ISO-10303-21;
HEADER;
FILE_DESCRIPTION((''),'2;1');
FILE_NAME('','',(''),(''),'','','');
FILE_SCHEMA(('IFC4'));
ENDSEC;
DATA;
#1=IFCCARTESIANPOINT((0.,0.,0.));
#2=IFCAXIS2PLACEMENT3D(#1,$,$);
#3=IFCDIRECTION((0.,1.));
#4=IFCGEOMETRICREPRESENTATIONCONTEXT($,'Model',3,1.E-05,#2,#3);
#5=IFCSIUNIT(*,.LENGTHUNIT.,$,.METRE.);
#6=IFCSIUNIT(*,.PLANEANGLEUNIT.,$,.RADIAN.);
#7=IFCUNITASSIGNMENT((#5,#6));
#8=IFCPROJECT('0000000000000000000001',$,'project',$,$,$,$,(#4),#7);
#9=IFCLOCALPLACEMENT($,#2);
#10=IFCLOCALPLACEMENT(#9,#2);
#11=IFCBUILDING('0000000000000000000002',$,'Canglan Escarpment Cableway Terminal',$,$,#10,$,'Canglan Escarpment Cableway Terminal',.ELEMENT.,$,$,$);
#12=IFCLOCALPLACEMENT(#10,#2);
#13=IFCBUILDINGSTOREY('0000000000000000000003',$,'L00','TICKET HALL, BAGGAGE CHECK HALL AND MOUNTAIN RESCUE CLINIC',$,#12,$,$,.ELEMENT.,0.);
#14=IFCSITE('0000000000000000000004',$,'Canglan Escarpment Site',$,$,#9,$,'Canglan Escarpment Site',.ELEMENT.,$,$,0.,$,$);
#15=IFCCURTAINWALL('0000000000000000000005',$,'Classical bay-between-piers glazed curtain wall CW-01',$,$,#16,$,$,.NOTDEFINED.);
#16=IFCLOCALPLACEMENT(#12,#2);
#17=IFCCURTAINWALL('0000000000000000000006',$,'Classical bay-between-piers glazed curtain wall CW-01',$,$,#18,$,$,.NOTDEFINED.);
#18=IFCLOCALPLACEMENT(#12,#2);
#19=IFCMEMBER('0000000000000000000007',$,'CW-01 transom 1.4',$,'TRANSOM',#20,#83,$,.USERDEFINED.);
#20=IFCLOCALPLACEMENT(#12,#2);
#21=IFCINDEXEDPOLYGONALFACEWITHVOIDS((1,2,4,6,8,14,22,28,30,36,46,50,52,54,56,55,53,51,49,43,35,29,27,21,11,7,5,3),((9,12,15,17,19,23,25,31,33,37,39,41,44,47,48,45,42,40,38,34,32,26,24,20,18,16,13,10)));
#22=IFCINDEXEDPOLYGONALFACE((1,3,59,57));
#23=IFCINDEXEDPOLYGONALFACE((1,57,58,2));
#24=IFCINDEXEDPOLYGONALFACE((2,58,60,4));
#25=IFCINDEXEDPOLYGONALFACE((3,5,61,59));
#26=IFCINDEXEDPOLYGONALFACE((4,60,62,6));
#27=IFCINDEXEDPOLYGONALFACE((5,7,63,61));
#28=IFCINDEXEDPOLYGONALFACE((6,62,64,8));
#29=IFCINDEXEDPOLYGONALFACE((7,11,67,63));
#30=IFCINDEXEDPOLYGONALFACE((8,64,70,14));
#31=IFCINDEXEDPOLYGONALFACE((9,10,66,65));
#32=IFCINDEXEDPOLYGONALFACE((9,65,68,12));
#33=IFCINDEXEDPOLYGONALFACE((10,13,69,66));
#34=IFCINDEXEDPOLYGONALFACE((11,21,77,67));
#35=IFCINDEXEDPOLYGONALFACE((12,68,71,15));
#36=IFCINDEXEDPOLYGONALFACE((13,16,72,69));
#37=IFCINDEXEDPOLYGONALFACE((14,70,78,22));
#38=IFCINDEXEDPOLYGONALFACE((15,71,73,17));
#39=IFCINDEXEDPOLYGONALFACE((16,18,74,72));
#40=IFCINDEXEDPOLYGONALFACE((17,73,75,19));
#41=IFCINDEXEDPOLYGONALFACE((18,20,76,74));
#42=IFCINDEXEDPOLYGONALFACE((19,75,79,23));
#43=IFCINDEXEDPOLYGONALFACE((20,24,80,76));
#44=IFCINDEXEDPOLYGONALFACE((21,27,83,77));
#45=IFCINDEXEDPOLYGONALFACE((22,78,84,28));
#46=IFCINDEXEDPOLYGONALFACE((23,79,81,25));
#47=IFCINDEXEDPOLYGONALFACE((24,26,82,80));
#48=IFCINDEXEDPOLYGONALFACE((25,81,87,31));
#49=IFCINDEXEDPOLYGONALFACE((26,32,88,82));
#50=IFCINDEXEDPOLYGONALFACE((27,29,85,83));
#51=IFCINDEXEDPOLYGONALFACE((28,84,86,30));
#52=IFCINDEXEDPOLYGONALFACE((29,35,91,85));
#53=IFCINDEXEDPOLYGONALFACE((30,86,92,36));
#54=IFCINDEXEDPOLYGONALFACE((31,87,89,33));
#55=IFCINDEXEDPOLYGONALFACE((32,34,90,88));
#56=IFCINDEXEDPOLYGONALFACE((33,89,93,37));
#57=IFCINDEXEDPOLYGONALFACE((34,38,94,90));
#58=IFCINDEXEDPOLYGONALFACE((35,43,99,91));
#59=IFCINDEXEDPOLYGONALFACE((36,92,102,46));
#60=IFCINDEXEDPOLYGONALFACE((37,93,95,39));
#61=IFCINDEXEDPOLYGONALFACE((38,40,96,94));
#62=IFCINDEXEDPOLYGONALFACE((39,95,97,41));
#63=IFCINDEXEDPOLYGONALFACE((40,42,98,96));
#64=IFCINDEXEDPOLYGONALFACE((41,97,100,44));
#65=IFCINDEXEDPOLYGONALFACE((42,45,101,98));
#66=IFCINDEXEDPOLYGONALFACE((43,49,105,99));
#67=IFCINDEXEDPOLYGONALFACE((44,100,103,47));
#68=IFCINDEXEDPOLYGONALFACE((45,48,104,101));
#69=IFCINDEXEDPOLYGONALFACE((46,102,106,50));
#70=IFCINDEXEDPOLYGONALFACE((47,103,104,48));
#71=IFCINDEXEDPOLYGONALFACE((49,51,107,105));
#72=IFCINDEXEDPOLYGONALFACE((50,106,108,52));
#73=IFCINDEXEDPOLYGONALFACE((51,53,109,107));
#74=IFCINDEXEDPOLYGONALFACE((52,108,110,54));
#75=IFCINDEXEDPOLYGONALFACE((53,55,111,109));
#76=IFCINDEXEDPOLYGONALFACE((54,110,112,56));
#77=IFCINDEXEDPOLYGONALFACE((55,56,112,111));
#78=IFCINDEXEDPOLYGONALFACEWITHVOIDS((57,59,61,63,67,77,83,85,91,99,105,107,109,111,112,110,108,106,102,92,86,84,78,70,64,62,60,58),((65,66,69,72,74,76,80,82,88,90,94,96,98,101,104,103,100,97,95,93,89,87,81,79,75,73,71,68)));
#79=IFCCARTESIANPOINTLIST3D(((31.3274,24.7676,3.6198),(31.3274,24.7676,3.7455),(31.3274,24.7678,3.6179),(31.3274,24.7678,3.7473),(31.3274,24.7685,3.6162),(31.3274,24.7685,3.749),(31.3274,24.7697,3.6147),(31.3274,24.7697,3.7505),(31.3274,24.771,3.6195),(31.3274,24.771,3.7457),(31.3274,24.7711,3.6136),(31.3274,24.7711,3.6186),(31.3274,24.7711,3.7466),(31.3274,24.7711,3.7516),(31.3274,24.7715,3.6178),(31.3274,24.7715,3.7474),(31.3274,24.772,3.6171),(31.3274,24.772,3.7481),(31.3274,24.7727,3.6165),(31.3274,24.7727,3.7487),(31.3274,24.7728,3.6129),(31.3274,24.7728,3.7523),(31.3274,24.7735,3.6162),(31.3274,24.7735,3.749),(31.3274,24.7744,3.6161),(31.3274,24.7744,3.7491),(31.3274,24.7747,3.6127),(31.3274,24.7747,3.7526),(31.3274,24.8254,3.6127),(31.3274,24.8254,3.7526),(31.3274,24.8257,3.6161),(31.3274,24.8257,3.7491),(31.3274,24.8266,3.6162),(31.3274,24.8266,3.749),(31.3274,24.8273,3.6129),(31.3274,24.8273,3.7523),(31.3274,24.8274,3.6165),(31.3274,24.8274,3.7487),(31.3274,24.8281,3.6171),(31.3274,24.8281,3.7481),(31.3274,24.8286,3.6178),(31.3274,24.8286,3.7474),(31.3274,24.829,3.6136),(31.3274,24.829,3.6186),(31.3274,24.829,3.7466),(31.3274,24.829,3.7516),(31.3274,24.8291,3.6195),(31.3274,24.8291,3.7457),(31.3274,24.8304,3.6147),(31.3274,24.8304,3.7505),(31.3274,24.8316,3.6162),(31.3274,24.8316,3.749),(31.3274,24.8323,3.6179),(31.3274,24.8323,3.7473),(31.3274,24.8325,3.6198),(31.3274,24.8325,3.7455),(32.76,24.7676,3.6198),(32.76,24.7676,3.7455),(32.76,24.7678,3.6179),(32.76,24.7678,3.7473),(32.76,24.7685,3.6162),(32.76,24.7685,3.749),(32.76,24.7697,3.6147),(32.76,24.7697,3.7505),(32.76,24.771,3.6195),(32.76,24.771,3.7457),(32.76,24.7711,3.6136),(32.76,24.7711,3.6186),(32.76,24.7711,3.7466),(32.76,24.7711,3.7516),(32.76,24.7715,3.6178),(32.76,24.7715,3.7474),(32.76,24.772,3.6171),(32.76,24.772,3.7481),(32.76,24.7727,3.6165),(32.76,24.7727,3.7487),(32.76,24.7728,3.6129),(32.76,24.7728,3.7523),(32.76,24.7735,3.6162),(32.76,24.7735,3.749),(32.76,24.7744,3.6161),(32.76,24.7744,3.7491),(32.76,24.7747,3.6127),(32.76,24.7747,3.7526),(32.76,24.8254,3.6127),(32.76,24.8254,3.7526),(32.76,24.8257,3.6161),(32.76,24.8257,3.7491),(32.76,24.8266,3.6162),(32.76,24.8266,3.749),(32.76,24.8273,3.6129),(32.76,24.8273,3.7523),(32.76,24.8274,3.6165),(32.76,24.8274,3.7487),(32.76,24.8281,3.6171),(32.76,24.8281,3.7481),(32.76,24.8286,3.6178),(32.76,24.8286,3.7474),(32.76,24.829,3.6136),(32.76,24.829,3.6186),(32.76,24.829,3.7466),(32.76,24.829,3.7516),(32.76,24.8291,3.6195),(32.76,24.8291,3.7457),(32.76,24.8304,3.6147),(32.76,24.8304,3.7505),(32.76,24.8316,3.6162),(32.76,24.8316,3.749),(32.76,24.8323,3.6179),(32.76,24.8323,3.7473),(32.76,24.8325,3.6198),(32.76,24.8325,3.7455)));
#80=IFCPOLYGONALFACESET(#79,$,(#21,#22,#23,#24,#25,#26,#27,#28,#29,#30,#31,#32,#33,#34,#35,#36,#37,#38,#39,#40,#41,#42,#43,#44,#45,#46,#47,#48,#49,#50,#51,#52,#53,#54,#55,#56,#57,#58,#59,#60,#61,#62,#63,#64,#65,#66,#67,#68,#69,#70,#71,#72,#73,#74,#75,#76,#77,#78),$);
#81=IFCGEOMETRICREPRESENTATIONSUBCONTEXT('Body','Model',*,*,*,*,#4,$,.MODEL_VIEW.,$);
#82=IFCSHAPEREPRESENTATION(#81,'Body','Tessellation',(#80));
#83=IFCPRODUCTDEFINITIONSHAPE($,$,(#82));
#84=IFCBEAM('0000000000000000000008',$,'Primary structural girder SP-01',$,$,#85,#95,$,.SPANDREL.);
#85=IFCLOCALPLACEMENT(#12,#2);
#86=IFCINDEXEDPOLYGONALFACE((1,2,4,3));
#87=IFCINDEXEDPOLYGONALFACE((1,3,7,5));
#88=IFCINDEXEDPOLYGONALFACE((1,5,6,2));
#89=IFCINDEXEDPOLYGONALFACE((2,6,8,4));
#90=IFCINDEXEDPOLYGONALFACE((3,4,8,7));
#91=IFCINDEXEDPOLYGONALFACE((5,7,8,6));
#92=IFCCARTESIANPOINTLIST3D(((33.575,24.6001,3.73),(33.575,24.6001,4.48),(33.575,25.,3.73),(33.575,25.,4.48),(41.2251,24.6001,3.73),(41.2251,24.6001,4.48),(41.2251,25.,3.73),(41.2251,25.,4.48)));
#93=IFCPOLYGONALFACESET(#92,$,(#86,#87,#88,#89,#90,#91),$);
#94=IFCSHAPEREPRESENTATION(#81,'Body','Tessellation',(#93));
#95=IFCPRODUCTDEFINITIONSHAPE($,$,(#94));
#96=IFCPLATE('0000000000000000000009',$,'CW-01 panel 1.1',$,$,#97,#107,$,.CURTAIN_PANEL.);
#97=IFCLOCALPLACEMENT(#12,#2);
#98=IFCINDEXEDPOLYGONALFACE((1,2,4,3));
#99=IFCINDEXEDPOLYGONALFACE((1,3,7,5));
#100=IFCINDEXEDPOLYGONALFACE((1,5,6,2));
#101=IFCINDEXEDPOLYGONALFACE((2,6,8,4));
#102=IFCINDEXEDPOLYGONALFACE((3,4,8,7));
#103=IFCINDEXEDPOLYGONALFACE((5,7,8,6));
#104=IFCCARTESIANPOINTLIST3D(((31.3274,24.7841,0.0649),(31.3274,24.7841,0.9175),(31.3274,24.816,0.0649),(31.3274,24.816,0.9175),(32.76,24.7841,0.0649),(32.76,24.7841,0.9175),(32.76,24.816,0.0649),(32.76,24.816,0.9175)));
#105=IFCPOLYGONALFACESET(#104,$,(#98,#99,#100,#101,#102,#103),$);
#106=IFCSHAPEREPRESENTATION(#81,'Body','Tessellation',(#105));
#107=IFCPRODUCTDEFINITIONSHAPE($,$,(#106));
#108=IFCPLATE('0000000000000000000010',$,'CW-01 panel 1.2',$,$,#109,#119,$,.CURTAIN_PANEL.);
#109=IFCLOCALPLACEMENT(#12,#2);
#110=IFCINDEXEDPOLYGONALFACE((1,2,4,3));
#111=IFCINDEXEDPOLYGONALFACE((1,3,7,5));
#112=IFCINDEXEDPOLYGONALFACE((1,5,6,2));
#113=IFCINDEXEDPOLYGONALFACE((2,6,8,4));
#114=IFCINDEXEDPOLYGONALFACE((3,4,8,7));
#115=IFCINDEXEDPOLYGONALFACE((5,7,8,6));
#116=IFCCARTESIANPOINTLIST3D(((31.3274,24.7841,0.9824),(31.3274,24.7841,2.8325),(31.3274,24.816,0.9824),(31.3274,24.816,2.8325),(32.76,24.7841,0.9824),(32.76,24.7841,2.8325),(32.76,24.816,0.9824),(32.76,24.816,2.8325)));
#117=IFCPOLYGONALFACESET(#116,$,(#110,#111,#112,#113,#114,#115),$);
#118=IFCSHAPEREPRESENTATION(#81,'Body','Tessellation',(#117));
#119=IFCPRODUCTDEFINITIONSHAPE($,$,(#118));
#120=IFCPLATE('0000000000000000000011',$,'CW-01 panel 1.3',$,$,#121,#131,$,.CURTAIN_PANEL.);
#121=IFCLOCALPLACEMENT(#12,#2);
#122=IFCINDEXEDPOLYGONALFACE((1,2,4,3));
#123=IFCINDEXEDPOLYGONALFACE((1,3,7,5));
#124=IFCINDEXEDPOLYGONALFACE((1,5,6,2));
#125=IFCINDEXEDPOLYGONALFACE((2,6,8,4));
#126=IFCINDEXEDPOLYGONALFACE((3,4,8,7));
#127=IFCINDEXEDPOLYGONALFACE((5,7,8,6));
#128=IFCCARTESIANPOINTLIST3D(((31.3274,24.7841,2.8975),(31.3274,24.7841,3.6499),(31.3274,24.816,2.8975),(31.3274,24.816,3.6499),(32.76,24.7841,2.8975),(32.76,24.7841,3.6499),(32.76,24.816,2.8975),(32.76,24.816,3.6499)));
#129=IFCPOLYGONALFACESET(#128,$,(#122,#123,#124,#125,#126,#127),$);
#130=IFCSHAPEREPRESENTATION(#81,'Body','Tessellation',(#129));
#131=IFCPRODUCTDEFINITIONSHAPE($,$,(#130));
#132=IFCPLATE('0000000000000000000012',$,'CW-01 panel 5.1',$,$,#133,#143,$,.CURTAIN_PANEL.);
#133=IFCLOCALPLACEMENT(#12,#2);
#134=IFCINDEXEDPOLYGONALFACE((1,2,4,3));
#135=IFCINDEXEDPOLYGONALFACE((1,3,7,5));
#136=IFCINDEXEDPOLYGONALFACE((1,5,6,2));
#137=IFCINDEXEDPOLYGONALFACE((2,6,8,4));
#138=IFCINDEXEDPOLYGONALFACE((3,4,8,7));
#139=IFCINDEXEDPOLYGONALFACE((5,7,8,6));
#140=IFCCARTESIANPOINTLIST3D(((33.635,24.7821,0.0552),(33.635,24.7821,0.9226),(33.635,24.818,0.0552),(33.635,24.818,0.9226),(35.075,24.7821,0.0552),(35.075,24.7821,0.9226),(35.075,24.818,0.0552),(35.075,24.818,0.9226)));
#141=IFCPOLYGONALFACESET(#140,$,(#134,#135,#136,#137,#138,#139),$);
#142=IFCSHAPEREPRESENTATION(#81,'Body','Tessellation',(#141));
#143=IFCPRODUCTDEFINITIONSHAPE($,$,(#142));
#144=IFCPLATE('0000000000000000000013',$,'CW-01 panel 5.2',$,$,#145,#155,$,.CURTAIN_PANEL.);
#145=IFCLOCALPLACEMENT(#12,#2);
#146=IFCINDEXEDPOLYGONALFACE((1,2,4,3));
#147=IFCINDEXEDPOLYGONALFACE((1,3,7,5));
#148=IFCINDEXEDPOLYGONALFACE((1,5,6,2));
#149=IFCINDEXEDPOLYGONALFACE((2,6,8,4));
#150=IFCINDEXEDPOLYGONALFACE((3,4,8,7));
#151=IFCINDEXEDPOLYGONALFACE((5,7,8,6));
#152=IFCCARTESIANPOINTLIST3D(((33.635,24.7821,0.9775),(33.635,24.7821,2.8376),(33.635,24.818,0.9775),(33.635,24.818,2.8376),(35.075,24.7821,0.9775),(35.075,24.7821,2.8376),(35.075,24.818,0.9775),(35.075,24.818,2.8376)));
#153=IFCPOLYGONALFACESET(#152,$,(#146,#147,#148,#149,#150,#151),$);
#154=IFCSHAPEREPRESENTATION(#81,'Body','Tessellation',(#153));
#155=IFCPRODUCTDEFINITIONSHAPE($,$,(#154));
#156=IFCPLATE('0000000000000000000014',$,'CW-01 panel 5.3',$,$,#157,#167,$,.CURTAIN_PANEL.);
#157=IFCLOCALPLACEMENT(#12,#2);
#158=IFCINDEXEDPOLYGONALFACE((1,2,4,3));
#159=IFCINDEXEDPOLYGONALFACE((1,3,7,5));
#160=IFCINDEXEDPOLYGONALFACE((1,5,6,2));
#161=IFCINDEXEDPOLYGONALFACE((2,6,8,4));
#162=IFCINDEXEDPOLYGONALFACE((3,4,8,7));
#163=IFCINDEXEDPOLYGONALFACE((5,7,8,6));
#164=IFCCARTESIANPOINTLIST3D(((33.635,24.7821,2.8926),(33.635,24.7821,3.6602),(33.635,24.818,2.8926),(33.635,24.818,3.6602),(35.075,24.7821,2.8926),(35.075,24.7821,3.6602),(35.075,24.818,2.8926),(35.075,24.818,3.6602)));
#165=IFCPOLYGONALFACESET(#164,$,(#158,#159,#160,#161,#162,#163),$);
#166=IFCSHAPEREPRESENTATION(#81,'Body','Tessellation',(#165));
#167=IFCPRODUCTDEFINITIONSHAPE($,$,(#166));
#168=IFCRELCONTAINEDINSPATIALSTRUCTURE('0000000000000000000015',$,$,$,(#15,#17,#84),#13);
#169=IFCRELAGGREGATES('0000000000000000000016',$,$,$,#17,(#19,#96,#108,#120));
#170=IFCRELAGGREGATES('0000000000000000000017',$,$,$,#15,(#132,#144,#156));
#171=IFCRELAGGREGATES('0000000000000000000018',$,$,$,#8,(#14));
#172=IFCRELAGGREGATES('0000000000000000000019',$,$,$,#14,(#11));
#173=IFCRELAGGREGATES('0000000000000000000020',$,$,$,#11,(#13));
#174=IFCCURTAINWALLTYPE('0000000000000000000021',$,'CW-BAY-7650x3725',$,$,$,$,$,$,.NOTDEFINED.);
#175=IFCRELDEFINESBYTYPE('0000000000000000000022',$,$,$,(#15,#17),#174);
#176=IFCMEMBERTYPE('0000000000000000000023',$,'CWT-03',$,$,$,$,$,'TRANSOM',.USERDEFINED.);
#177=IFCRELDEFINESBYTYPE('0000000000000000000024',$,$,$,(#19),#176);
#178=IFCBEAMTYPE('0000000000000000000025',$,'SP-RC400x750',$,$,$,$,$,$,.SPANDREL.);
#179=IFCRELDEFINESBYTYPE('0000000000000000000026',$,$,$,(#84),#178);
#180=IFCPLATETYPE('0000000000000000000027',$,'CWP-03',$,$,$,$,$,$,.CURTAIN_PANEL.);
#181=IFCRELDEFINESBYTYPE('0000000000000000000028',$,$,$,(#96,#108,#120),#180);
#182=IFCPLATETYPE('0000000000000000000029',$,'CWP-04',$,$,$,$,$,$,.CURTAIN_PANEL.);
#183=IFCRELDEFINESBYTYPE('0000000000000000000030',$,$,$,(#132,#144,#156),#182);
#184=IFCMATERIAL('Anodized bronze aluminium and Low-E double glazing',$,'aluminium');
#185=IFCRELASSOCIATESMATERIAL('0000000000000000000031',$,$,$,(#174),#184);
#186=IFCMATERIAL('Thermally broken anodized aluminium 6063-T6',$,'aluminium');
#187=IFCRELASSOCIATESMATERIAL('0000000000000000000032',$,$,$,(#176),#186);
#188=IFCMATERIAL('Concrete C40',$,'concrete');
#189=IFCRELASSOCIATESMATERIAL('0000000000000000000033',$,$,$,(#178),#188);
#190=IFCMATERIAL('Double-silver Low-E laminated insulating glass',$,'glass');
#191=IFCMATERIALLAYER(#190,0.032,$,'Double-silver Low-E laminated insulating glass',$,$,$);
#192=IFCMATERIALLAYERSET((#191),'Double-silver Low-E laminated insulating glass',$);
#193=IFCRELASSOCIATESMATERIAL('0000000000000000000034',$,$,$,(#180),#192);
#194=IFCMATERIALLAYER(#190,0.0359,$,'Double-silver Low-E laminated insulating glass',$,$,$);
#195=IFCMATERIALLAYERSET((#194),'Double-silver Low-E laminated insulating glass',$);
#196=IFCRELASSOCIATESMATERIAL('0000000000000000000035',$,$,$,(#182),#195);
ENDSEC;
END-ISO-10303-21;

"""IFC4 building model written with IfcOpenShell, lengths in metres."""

from ifc_helpers import new_model, si_unit, direction, frame, origin, origin_2d, place, context, subcontext, project, spatial, rectangle, hollow_rectangle, extrude, material, layer, layer_set, material_profile, profile_set, type_object, element, aggregate, save


model = new_model("IFC4")

# Units and contexts
model_context = context("Model", 3, precision=1e-05, world=origin(), true_north=direction((0.0, 1.0)))
body_context = subcontext(model_context, "Body", "Model", "MODEL_VIEW")
ifc_project = project(units=[si_unit("LENGTHUNIT", "METRE"), si_unit("PLANEANGLEUNIT", "RADIAN")], contexts=[model_context])

# Site, building, storey
site_placement = place(None, origin())
site = spatial("IfcSite", under=ifc_project, at=site_placement, Name="Canglan Escarpment Site", LongName="Canglan Escarpment Site", CompositionType="ELEMENT", RefElevation=0.0)
building_placement = place(site_placement, origin())
building = spatial("IfcBuilding", under=site, at=building_placement, Name="Canglan Escarpment Cableway Terminal", LongName="Canglan Escarpment Cableway Terminal", CompositionType="ELEMENT")
storey_placement = place(building_placement, origin())
storey = spatial("IfcBuildingStorey", under=building, at=storey_placement, Name="L00", Description="TICKET HALL, BAGGAGE CHECK HALL AND MOUNTAIN RESCUE CLINIC", CompositionType="ELEMENT", Elevation=0.0)

# Shared definitions
ifc_material_1 = material(Name="Concrete C40", Category="concrete")

# Curtain walls
ifc_material_2 = material(Name="Anodized bronze aluminium and Low-E double glazing", Category="aluminium")
curtain_wall_type = type_object("IfcCurtainWallType", Name="CW-BAY-7650x3725", PredefinedType="NOTDEFINED", material=ifc_material_2)
curtain_wall_1_placement = place(storey_placement, origin())
curtain_wall_1 = element("IfcCurtainWall", 1, at=curtain_wall_1_placement, inside=storey, type_object=curtain_wall_type, Name="Classical bay-between-piers glazed curtain wall CW-01", PredefinedType="NOTDEFINED")
ifc_material_3 = material(Name="Thermally broken anodized aluminium 6063-T6", Category="aluminium")
curtain_wall_2_placement = place(storey_placement, origin())
curtain_wall_2 = element("IfcCurtainWall", 2, at=curtain_wall_2_placement, inside=storey, type_object=curtain_wall_type, Name="Classical bay-between-piers glazed curtain wall CW-01", PredefinedType="NOTDEFINED")

# Member
ifc_material_profile_1 = material_profile(ifc_material_3, hollow_rectangle(XDim=0.0649, YDim=0.1399, WallThickness=0.0034, InnerFilletRadius=0.0034, OuterFilletRadius=0.0071, at=origin_2d()), Name="ALU-TRAN 65x140x3.5")
ifc_profile_set_1 = profile_set([ifc_material_profile_1], Name="Thermally broken anodized aluminium 6063-T6")
member_type_1 = type_object("IfcMemberType", Name="CWT-03", ElementType="TRANSOM", PredefinedType="USERDEFINED", material=ifc_profile_set_1)
member_1_placement = place(storey_placement, frame((32.76, 24.8, 3.6826), z_axis=(-1.0, 0.0, 0.0), x_axis=(0.0, -1.0, 0.0)))
member_1 = element("IfcMember", 3, at=member_1_placement, type_object=member_type_1, Name="CW-01 transom 1.4", ObjectType="TRANSOM", PredefinedType="USERDEFINED", context=body_context, shape_type="SweptSolid", body=[
    extrude(hollow_rectangle(XDim=0.0649, YDim=0.1399, WallThickness=0.0034, InnerFilletRadius=0.0034, OuterFilletRadius=0.0071, at=origin_2d()), origin(), (0.0, 0.0, 1.0), 1.4326),
])

# Beam
ifc_material_profile_2 = material_profile(ifc_material_1, rectangle(XDim=0.3999, YDim=0.75, at=origin_2d()), Name="RC 400x750")
ifc_profile_set_2 = profile_set([ifc_material_profile_2], Name="Concrete C40")
beam_type = type_object("IfcBeamType", Name="SP-RC400x750", PredefinedType="SPANDREL", material=ifc_profile_set_2)
beam_placement = place(storey_placement, frame((33.575, 24.8, 4.105), z_axis=(1.0, 0.0, 0.0), x_axis=(0.0, 1.0, 0.0)))
element("IfcBeam", 4, at=beam_placement, inside=storey, type_object=beam_type, Name="Primary structural girder SP-01", PredefinedType="SPANDREL", context=body_context, shape_type="SweptSolid", body=[
    extrude(rectangle(XDim=0.3999, YDim=0.75, at=origin_2d()), origin(), (0.0, 0.0, 1.0), 7.6501),
])

# Plates
ifc_material_4 = material(Name="Double-silver Low-E laminated insulating glass", Category="glass")
ifc_layer_1 = layer(ifc_material_4, 0.032, Name="Double-silver Low-E laminated insulating glass")
ifc_layer_set_1 = layer_set([ifc_layer_1], Name="Double-silver Low-E laminated insulating glass")
plate_type_1 = type_object("IfcPlateType", Name="CWP-03", PredefinedType="CURTAIN_PANEL", material=ifc_layer_set_1)
plate_1_placement = place(storey_placement, frame((32.0437, 24.8, 0.0649), z_axis=(0.0, 0.0, 1.0), x_axis=(-1.0, 0.0, 0.0)))
plate_1 = element("IfcPlate", 5, at=plate_1_placement, type_object=plate_type_1, Name="CW-01 panel 1.1", PredefinedType="CURTAIN_PANEL", context=body_context, shape_type="SweptSolid", body=[
    extrude(rectangle(XDim=1.4326, YDim=0.032, at=origin_2d()), origin(), (0.0, 0.0, 1.0), 0.8525),
])
plate_2_placement = place(storey_placement, frame((32.0437, 24.8, 0.9824), z_axis=(0.0, 0.0, 1.0), x_axis=(-1.0, 0.0, 0.0)))
plate_2 = element("IfcPlate", 6, at=plate_2_placement, type_object=plate_type_1, Name="CW-01 panel 1.2", PredefinedType="CURTAIN_PANEL", context=body_context, shape_type="SweptSolid", body=[
    extrude(rectangle(XDim=1.4326, YDim=0.032, at=origin_2d()), origin(), (0.0, 0.0, 1.0), 1.8501),
])
plate_3_placement = place(storey_placement, frame((32.0437, 24.8, 2.8975), z_axis=(0.0, 0.0, 1.0), x_axis=(-1.0, 0.0, 0.0)))
plate_3 = element("IfcPlate", 7, at=plate_3_placement, type_object=plate_type_1, Name="CW-01 panel 1.3", PredefinedType="CURTAIN_PANEL", context=body_context, shape_type="SweptSolid", body=[
    extrude(rectangle(XDim=1.4326, YDim=0.032, at=origin_2d()), origin(), (0.0, 0.0, 1.0), 0.7524),
])
aggregate(curtain_wall_2, [member_1, plate_1, plate_2, plate_3])
ifc_layer_2 = layer(ifc_material_4, 0.0359, Name="Double-silver Low-E laminated insulating glass")
ifc_layer_set_2 = layer_set([ifc_layer_2], Name="Double-silver Low-E laminated insulating glass")
plate_type_2 = type_object("IfcPlateType", Name="CWP-04", PredefinedType="CURTAIN_PANEL", material=ifc_layer_set_2)
plate_4_placement = place(storey_placement, frame((34.355, 24.8, 0.0552), z_axis=(0.0, 0.0, 1.0), x_axis=(-1.0, 0.0, 0.0)))
plate_4 = element("IfcPlate", 8, at=plate_4_placement, type_object=plate_type_2, Name="CW-01 panel 5.1", PredefinedType="CURTAIN_PANEL", context=body_context, shape_type="SweptSolid", body=[
    extrude(rectangle(XDim=1.4399, YDim=0.0359, at=origin_2d()), origin(), (0.0, 0.0, 1.0), 0.8674),
])
plate_5_placement = place(storey_placement, frame((34.355, 24.8, 0.9775), z_axis=(0.0, 0.0, 1.0), x_axis=(-1.0, 0.0, 0.0)))
plate_5 = element("IfcPlate", 9, at=plate_5_placement, type_object=plate_type_2, Name="CW-01 panel 5.2", PredefinedType="CURTAIN_PANEL", context=body_context, shape_type="SweptSolid", body=[
    extrude(rectangle(XDim=1.4399, YDim=0.0359, at=origin_2d()), origin(), (0.0, 0.0, 1.0), 1.8601),
])
plate_6_placement = place(storey_placement, frame((34.355, 24.8, 2.8926), z_axis=(0.0, 0.0, 1.0), x_axis=(-1.0, 0.0, 0.0)))
plate_6 = element("IfcPlate", 10, at=plate_6_placement, type_object=plate_type_2, Name="CW-01 panel 5.3", PredefinedType="CURTAIN_PANEL", context=body_context, shape_type="SweptSolid", body=[
    extrude(rectangle(XDim=1.4399, YDim=0.0359, at=origin_2d()), origin(), (0.0, 0.0, 1.0), 0.7676),
])
aggregate(curtain_wall_1, [plate_4, plate_5, plate_6])

save(model, "model.ifc")
